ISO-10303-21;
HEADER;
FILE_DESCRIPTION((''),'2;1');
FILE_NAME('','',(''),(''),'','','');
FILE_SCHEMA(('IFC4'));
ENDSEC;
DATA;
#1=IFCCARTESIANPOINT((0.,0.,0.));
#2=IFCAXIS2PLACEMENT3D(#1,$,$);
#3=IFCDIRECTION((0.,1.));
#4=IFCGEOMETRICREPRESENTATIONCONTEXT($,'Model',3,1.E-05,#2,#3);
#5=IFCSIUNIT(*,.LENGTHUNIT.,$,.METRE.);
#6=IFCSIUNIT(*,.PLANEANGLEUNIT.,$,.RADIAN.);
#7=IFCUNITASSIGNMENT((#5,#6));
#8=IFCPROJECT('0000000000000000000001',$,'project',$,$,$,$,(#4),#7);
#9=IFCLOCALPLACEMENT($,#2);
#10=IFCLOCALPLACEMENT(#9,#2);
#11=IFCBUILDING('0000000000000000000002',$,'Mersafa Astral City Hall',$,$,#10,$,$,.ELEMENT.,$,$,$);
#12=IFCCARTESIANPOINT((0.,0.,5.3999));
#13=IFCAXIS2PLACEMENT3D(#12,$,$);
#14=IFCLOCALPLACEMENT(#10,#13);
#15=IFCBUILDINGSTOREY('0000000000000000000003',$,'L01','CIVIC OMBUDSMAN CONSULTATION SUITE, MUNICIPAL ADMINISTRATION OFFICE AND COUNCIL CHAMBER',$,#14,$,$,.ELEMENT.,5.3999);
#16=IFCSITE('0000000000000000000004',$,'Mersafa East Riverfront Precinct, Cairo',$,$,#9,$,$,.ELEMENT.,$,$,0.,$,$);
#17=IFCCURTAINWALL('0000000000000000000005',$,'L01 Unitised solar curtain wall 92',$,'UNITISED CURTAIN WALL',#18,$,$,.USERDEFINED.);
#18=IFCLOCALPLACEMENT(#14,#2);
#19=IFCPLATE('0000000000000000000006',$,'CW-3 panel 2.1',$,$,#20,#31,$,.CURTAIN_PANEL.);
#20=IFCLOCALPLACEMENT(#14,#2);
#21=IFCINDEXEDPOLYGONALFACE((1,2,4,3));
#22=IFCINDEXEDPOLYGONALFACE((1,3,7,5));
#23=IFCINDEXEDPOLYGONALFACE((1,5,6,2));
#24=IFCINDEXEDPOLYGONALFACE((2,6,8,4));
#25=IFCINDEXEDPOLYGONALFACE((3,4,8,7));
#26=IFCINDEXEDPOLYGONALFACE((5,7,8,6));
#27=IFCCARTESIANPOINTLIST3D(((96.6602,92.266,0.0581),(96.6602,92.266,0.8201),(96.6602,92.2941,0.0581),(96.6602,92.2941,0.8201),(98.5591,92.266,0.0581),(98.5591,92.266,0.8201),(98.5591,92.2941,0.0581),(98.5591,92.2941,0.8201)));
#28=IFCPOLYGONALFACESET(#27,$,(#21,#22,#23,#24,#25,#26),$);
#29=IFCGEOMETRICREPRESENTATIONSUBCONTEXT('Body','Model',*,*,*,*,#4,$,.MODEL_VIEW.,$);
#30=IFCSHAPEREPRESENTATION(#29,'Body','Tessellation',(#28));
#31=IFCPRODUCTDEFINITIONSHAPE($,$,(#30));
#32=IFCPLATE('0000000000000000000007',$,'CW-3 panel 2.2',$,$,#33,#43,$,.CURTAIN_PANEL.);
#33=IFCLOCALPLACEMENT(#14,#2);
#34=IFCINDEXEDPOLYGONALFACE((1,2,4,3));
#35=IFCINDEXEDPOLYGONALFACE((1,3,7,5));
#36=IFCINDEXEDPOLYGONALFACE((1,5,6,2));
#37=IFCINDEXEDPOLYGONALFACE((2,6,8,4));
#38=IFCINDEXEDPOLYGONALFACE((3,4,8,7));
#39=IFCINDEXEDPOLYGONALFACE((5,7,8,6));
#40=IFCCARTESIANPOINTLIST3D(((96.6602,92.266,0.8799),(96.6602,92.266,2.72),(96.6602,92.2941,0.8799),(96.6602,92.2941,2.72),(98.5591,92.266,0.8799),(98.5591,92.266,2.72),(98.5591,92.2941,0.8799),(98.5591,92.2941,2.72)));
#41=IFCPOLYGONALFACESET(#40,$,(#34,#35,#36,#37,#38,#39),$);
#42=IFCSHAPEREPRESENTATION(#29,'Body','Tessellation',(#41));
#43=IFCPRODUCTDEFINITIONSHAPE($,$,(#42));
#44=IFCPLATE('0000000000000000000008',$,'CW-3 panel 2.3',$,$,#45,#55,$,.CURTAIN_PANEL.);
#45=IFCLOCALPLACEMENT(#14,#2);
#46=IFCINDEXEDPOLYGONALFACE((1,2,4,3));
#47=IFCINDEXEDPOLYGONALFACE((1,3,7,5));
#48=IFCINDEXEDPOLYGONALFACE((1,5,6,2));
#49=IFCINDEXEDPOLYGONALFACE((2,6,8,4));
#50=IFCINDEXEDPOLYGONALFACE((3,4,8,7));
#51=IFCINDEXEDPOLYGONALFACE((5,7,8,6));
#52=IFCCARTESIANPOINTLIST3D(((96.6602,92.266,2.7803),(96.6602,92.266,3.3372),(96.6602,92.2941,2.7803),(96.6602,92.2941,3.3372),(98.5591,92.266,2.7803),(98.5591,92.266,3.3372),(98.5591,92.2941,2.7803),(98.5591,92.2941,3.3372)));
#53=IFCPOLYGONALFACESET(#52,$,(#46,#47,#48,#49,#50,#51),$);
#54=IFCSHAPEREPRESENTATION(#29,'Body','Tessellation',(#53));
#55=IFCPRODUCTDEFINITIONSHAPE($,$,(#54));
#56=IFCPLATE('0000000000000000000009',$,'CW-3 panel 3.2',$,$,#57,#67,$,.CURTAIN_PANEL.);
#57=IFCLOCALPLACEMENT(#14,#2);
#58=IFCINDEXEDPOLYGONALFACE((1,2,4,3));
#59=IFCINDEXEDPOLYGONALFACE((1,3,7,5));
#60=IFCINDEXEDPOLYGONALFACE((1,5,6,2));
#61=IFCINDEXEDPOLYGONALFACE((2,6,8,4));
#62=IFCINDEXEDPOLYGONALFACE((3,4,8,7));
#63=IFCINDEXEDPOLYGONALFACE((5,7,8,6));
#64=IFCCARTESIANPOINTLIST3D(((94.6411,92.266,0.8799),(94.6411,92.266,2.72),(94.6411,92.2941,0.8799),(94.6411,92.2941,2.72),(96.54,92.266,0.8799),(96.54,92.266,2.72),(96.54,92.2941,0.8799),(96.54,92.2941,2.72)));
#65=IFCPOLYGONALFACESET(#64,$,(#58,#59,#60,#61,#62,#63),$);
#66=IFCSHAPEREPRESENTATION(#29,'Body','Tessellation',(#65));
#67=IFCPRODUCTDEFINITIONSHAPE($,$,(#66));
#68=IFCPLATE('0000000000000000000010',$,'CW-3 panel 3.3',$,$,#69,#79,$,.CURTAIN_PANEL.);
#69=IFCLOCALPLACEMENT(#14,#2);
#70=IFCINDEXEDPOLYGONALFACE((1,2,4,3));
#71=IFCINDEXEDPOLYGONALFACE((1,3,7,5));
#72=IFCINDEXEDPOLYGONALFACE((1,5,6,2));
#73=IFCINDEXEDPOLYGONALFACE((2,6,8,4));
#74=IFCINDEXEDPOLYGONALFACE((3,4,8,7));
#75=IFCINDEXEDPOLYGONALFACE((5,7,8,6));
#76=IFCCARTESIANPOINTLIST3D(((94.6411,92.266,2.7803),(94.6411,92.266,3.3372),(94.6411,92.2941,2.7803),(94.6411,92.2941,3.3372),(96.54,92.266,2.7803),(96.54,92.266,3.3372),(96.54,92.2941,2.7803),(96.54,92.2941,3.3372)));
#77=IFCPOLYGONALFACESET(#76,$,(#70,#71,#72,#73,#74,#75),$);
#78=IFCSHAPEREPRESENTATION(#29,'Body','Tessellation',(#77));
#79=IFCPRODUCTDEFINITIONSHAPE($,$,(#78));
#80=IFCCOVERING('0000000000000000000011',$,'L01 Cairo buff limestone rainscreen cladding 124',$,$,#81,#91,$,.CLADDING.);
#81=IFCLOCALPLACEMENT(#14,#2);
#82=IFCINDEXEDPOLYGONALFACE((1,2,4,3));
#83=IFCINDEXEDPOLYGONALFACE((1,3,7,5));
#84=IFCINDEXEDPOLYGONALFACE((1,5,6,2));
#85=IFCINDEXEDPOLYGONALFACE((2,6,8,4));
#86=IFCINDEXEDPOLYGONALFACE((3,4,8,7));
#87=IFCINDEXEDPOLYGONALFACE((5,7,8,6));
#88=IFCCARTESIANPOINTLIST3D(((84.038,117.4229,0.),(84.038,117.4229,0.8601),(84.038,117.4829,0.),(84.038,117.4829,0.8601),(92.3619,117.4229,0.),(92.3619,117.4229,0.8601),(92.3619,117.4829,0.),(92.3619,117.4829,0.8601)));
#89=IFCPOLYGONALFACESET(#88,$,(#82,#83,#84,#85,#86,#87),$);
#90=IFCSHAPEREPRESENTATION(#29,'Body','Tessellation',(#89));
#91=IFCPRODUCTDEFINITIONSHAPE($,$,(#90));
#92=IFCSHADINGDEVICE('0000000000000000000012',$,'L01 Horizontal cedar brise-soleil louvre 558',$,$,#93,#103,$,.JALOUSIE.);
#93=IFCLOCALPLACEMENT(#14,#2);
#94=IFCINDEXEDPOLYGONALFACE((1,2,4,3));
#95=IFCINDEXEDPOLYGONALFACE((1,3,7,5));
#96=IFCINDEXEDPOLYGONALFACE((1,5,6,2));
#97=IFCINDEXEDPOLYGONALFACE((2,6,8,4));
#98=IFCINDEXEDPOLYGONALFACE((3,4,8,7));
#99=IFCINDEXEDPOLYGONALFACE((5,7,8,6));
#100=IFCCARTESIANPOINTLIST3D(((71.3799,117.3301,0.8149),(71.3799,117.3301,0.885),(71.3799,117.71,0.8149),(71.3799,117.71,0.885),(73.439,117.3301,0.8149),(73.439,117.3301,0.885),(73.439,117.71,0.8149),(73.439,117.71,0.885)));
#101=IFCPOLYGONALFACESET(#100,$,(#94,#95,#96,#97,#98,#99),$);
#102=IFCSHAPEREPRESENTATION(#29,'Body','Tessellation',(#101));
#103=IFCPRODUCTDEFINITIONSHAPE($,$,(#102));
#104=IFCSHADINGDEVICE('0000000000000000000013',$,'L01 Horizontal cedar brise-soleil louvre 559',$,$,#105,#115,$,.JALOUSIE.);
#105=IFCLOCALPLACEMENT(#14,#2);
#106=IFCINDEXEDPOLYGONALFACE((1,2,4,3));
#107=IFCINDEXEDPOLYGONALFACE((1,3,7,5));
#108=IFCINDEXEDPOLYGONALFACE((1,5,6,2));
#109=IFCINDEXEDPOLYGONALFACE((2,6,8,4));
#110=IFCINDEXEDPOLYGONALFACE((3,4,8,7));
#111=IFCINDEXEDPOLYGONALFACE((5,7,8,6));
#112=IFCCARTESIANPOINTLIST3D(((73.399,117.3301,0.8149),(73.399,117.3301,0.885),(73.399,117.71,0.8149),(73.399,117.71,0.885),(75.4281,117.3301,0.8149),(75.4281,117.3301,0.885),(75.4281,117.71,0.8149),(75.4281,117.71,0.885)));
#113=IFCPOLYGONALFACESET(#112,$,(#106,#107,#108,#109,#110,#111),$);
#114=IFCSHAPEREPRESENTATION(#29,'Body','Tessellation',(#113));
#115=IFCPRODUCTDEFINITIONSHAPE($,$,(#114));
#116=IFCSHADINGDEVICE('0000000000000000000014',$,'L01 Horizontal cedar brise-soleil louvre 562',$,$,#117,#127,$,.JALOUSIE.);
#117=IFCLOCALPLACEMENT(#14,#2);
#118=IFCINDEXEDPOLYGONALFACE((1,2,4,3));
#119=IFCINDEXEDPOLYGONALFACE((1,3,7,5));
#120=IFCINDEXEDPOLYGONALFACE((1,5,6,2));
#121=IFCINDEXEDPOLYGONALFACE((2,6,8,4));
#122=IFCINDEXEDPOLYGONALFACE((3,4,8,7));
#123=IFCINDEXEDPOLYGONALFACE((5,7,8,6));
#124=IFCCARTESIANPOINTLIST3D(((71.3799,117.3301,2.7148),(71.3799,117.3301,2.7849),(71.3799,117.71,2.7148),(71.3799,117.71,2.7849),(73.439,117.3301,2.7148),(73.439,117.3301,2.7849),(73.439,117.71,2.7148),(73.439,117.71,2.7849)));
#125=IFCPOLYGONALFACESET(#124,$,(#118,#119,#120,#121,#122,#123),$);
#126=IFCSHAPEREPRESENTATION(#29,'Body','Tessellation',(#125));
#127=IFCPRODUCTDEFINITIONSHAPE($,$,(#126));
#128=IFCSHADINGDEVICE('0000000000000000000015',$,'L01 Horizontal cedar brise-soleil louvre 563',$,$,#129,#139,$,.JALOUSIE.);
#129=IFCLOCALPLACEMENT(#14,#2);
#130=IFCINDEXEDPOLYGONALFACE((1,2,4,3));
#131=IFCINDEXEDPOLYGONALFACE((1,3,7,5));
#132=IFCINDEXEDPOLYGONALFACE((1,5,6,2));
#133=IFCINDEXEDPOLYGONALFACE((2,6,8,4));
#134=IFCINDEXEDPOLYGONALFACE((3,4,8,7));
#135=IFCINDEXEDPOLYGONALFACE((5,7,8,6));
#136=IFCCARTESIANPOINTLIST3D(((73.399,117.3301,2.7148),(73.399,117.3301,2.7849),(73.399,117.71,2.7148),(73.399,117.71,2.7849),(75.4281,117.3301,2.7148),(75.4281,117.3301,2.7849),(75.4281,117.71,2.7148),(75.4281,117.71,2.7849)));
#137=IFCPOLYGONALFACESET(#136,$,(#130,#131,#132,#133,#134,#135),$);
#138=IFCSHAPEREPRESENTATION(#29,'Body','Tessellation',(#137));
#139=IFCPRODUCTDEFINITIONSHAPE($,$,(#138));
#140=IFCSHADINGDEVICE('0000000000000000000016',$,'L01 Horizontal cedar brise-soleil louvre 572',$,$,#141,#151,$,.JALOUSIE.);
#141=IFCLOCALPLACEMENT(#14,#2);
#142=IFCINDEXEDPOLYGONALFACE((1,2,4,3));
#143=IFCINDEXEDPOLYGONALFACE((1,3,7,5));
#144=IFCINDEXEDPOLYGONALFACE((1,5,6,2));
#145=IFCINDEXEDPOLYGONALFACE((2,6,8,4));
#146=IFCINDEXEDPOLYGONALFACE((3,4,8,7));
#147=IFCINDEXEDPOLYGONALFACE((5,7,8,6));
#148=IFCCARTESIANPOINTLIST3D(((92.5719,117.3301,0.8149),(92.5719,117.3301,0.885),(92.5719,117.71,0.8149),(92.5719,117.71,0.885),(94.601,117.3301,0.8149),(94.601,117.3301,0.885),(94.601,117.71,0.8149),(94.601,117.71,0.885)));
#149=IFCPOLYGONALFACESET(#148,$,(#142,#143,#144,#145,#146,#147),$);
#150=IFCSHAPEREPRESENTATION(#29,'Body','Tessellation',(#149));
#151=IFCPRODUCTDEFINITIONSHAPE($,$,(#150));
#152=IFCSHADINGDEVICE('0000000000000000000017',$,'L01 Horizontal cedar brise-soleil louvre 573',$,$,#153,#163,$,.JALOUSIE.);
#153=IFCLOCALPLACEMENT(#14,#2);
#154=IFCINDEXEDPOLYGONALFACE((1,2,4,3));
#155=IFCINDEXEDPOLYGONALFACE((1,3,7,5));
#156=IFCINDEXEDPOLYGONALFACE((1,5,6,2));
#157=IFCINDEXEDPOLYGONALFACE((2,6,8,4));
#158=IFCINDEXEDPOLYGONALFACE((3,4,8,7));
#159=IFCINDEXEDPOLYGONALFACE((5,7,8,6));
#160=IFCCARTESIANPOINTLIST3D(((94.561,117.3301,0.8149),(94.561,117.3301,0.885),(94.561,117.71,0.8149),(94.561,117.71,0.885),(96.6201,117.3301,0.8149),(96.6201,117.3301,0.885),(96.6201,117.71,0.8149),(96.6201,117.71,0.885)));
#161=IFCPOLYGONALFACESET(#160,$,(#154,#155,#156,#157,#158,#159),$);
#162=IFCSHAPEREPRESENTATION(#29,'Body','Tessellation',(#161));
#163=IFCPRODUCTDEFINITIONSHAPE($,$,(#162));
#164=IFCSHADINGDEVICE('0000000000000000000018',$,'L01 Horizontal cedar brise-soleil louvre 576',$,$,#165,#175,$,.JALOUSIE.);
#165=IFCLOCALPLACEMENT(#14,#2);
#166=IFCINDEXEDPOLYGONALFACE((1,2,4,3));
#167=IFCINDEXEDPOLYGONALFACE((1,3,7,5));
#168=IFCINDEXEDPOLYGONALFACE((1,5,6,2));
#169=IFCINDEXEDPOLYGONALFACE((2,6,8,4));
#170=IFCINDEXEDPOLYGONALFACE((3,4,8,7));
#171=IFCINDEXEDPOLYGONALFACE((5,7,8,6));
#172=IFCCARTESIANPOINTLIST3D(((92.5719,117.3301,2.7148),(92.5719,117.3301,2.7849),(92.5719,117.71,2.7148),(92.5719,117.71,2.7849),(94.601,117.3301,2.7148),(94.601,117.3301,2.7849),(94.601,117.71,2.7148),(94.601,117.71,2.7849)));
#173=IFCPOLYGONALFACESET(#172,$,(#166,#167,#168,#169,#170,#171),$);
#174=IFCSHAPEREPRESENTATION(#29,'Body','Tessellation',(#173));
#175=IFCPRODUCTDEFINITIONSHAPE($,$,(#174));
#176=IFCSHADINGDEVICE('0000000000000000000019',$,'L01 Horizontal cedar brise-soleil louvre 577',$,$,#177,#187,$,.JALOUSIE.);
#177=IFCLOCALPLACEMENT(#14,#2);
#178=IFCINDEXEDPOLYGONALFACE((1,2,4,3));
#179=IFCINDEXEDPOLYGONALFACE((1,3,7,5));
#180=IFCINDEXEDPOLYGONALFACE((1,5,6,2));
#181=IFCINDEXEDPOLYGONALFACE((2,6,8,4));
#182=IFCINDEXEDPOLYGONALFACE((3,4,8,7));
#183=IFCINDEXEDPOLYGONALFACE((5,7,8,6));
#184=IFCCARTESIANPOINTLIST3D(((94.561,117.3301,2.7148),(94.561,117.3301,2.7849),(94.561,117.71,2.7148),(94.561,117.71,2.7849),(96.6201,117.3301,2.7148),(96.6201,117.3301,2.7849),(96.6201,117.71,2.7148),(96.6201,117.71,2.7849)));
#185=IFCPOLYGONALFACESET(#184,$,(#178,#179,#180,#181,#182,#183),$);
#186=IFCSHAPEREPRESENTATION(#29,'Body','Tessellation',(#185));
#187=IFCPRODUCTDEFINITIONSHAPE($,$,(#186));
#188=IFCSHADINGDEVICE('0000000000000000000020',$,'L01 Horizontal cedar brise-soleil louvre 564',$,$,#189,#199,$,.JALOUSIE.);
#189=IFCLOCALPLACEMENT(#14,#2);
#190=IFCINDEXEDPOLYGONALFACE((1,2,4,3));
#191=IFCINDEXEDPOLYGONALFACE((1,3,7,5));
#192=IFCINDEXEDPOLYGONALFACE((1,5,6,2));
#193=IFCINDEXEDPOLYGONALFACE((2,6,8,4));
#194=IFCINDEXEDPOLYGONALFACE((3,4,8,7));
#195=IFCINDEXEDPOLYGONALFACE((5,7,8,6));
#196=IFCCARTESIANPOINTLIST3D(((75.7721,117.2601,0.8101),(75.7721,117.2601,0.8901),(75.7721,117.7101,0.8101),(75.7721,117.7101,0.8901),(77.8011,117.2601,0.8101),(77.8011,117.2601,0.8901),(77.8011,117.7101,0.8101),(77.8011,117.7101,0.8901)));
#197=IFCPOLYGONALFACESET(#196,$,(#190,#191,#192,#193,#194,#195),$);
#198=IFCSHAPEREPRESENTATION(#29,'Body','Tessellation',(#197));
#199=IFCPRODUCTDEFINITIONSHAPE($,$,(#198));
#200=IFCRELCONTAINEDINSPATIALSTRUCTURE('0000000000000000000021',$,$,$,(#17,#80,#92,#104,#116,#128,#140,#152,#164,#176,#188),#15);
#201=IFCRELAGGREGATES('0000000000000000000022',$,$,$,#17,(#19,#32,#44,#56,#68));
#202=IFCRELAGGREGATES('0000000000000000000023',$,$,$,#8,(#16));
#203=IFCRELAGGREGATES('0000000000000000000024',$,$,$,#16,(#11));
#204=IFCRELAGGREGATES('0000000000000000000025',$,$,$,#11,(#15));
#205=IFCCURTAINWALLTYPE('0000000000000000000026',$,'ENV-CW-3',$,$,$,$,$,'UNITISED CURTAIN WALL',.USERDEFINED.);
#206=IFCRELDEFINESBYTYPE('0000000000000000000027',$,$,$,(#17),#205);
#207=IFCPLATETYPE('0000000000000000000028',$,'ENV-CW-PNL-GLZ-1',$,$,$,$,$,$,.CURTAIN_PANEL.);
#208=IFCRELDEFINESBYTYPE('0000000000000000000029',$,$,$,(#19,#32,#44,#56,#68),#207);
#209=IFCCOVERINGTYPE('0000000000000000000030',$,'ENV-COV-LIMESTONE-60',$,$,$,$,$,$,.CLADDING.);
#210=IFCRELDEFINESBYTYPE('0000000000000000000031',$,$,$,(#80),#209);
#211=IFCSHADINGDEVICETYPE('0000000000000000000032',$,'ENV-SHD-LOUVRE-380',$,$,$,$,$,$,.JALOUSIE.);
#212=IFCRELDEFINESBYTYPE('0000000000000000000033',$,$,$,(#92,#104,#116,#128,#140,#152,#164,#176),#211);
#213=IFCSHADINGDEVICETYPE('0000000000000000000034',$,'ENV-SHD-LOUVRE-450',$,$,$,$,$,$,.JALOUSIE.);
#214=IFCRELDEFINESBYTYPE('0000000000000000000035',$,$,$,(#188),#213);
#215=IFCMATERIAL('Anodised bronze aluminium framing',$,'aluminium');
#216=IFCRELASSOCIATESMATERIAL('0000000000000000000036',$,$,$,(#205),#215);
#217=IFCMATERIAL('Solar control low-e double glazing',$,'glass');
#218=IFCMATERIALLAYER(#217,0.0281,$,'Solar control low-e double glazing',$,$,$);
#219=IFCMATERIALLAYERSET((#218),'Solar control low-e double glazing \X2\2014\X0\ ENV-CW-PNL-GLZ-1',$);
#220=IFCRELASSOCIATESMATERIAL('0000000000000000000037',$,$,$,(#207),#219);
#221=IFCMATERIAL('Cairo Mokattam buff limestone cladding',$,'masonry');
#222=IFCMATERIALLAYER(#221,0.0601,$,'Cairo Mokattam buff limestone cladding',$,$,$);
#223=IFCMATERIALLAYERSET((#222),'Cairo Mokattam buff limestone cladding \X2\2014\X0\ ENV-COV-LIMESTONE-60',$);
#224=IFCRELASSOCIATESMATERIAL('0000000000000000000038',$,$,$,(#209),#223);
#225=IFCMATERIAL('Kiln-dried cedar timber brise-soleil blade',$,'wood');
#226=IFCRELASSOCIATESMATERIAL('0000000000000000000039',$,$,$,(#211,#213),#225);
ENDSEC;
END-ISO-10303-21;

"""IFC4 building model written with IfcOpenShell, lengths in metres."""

from ifc_helpers import new_model, si_unit, direction, frame, origin, origin_2d, place, context, subcontext, project, spatial, rectangle, extrude, material, layer, layer_set, type_object, element, aggregate, save


model = new_model("IFC4")

# Units and contexts
model_context = context("Model", 3, precision=1e-05, world=origin(), true_north=direction((0.0, 1.0)))
body_context = subcontext(model_context, "Body", "Model", "MODEL_VIEW")
ifc_project = project(units=[si_unit("LENGTHUNIT", "METRE"), si_unit("PLANEANGLEUNIT", "RADIAN")], contexts=[model_context])

# Site, building, storey
site_placement = place(None, origin())
site = spatial("IfcSite", under=ifc_project, at=site_placement, Name="Mersafa East Riverfront Precinct, Cairo", CompositionType="ELEMENT", RefElevation=0.0)
building_placement = place(site_placement, origin())
building = spatial("IfcBuilding", under=site, at=building_placement, Name="Mersafa Astral City Hall", CompositionType="ELEMENT")
storey_placement = place(building_placement, frame((0.0, 0.0, 5.3999)))
storey = spatial("IfcBuildingStorey", under=building, at=storey_placement, Name="L01", Description="CIVIC OMBUDSMAN CONSULTATION SUITE, MUNICIPAL ADMINISTRATION OFFICE AND COUNCIL CHAMBER", CompositionType="ELEMENT", Elevation=5.3999)

# Curtain wall
ifc_material_1 = material(Name="Anodised bronze aluminium framing", Category="aluminium")
curtain_wall_type = type_object("IfcCurtainWallType", Name="ENV-CW-3", ElementType="UNITISED CURTAIN WALL", PredefinedType="USERDEFINED", material=ifc_material_1)
curtain_wall_placement = place(storey_placement, origin())
curtain_wall = element("IfcCurtainWall", 1, at=curtain_wall_placement, inside=storey, type_object=curtain_wall_type, Name="L01 Unitised solar curtain wall 92", ObjectType="UNITISED CURTAIN WALL", PredefinedType="USERDEFINED")

# Plates
ifc_material_2 = material(Name="Solar control low-e double glazing", Category="glass")
ifc_layer_1 = layer(ifc_material_2, 0.0281, Name="Solar control low-e double glazing")
ifc_layer_set_1 = layer_set([ifc_layer_1], Name="Solar control low-e double glazing — ENV-CW-PNL-GLZ-1")
plate_type = type_object("IfcPlateType", Name="ENV-CW-PNL-GLZ-1", PredefinedType="CURTAIN_PANEL", material=ifc_layer_set_1)
plate_1_placement = place(storey_placement, frame((97.6096, 92.28, 0.0581), z_axis=(0.0, 0.0, 1.0), x_axis=(-1.0, 0.0, 0.0)))
plate_1 = element("IfcPlate", 2, at=plate_1_placement, type_object=plate_type, Name="CW-3 panel 2.1", PredefinedType="CURTAIN_PANEL", context=body_context, shape_type="SweptSolid", body=[
    extrude(rectangle(XDim=1.8989, YDim=0.0281, at=origin_2d()), origin(), (0.0, 0.0, 1.0), 0.762),
])
plate_2_placement = place(storey_placement, frame((97.6096, 92.28, 0.8799), z_axis=(0.0, 0.0, 1.0), x_axis=(-1.0, 0.0, 0.0)))
plate_2 = element("IfcPlate", 3, at=plate_2_placement, type_object=plate_type, Name="CW-3 panel 2.2", PredefinedType="CURTAIN_PANEL", context=body_context, shape_type="SweptSolid", body=[
    extrude(rectangle(XDim=1.8989, YDim=0.0281, at=origin_2d()), origin(), (0.0, 0.0, 1.0), 1.8401),
])
plate_3_placement = place(storey_placement, frame((97.6096, 92.28, 2.7803), z_axis=(0.0, 0.0, 1.0), x_axis=(-1.0, 0.0, 0.0)))
plate_3 = element("IfcPlate", 4, at=plate_3_placement, type_object=plate_type, Name="CW-3 panel 2.3", PredefinedType="CURTAIN_PANEL", context=body_context, shape_type="SweptSolid", body=[
    extrude(rectangle(XDim=1.8989, YDim=0.0281, at=origin_2d()), origin(), (0.0, 0.0, 1.0), 0.5569),
])
plate_4_placement = place(storey_placement, frame((95.5906, 92.28, 0.8799), z_axis=(0.0, 0.0, 1.0), x_axis=(-1.0, 0.0, 0.0)))
plate_4 = element("IfcPlate", 5, at=plate_4_placement, type_object=plate_type, Name="CW-3 panel 3.2", PredefinedType="CURTAIN_PANEL", context=body_context, shape_type="SweptSolid", body=[
    extrude(rectangle(XDim=1.8989, YDim=0.0281, at=origin_2d()), origin(), (0.0, 0.0, 1.0), 1.8401),
])
plate_5_placement = place(storey_placement, frame((95.5906, 92.28, 2.7803), z_axis=(0.0, 0.0, 1.0), x_axis=(-1.0, 0.0, 0.0)))
plate_5 = element("IfcPlate", 6, at=plate_5_placement, type_object=plate_type, Name="CW-3 panel 3.3", PredefinedType="CURTAIN_PANEL", context=body_context, shape_type="SweptSolid", body=[
    extrude(rectangle(XDim=1.8989, YDim=0.0281, at=origin_2d()), origin(), (0.0, 0.0, 1.0), 0.5569),
])
aggregate(curtain_wall, [plate_1, plate_2, plate_3, plate_4, plate_5])

# Covering
ifc_material_3 = material(Name="Cairo Mokattam buff limestone cladding", Category="masonry")
ifc_layer_2 = layer(ifc_material_3, 0.0601, Name="Cairo Mokattam buff limestone cladding")
ifc_layer_set_2 = layer_set([ifc_layer_2], Name="Cairo Mokattam buff limestone cladding — ENV-COV-LIMESTONE-60")
covering_type = type_object("IfcCoveringType", Name="ENV-COV-LIMESTONE-60", PredefinedType="CLADDING", material=ifc_layer_set_2)
covering_placement = place(storey_placement, frame((88.2, 117.4529, 0.0), z_axis=(0.0, 0.0, 1.0), x_axis=(1.0, 0.0, 0.0)))
element("IfcCovering", 7, at=covering_placement, inside=storey, type_object=covering_type, Name="L01 Cairo buff limestone rainscreen cladding 124", PredefinedType="CLADDING", context=body_context, shape_type="SweptSolid", body=[
    extrude(rectangle(XDim=8.324, YDim=0.0601, at=origin_2d()), origin(), (0.0, 0.0, 1.0), 0.8601),
])

# Shading devices
ifc_material_4 = material(Name="Kiln-dried cedar timber brise-soleil blade", Category="wood")
shading_device_type_1 = type_object("IfcShadingDeviceType", Name="ENV-SHD-LOUVRE-380", PredefinedType="JALOUSIE", material=ifc_material_4)
shading_device_1_placement = place(storey_placement, frame((72.4094, 117.52, 0.8149), z_axis=(0.0, 0.0, 1.0), x_axis=(1.0, 0.0, 0.0)))
element("IfcShadingDevice", 8, at=shading_device_1_placement, inside=storey, type_object=shading_device_type_1, Name="L01 Horizontal cedar brise-soleil louvre 558", PredefinedType="JALOUSIE", context=body_context, shape_type="SweptSolid", body=[
    extrude(rectangle(XDim=2.0591, YDim=0.3799, at=origin_2d()), origin(), (0.0, 0.0, 1.0), 0.0701),
])
shading_device_2_placement = place(storey_placement, frame((74.4136, 117.52, 0.8149), z_axis=(0.0, 0.0, 1.0), x_axis=(1.0, 0.0, 0.0)))
element("IfcShadingDevice", 9, at=shading_device_2_placement, inside=storey, type_object=shading_device_type_1, Name="L01 Horizontal cedar brise-soleil louvre 559", PredefinedType="JALOUSIE", context=body_context, shape_type="SweptSolid", body=[
    extrude(rectangle(XDim=2.0291, YDim=0.3799, at=origin_2d()), origin(), (0.0, 0.0, 1.0), 0.0701),
])
shading_device_3_placement = place(storey_placement, frame((72.4094, 117.52, 2.7148), z_axis=(0.0, 0.0, 1.0), x_axis=(1.0, 0.0, 0.0)))
element("IfcShadingDevice", 10, at=shading_device_3_placement, inside=storey, type_object=shading_device_type_1, Name="L01 Horizontal cedar brise-soleil louvre 562", PredefinedType="JALOUSIE", context=body_context, shape_type="SweptSolid", body=[
    extrude(rectangle(XDim=2.0591, YDim=0.3799, at=origin_2d()), origin(), (0.0, 0.0, 1.0), 0.0701),
])
for number, where, z_axis, x_axis, name in (
    (11, (74.4136, 117.52, 2.7148), (0.0, 0.0, 1.0), (1.0, 0.0, 0.0), "L01 Horizontal cedar brise-soleil louvre 563"),
    (12, (93.5864, 117.52, 0.8149), (0.0, 0.0, 1.0), (1.0, 0.0, 0.0), "L01 Horizontal cedar brise-soleil louvre 572"),
):
    element("IfcShadingDevice", number, at=place(storey_placement, frame(where, z_axis=z_axis, x_axis=x_axis)), inside=storey, type_object=shading_device_type_1, Name=name, PredefinedType="JALOUSIE", context=body_context, shape_type="SweptSolid", body=[
        extrude(rectangle(XDim=2.0291, YDim=0.3799, at=origin_2d()), origin(), (0.0, 0.0, 1.0), 0.0701),
    ])
shading_device_4_placement = place(storey_placement, frame((95.5906, 117.52, 0.8149), z_axis=(0.0, 0.0, 1.0), x_axis=(1.0, 0.0, 0.0)))
element("IfcShadingDevice", 13, at=shading_device_4_placement, inside=storey, type_object=shading_device_type_1, Name="L01 Horizontal cedar brise-soleil louvre 573", PredefinedType="JALOUSIE", context=body_context, shape_type="SweptSolid", body=[
    extrude(rectangle(XDim=2.0591, YDim=0.3799, at=origin_2d()), origin(), (0.0, 0.0, 1.0), 0.0701),
])
shading_device_5_placement = place(storey_placement, frame((93.5864, 117.52, 2.7148), z_axis=(0.0, 0.0, 1.0), x_axis=(1.0, 0.0, 0.0)))
element("IfcShadingDevice", 14, at=shading_device_5_placement, inside=storey, type_object=shading_device_type_1, Name="L01 Horizontal cedar brise-soleil louvre 576", PredefinedType="JALOUSIE", context=body_context, shape_type="SweptSolid", body=[
    extrude(rectangle(XDim=2.0291, YDim=0.3799, at=origin_2d()), origin(), (0.0, 0.0, 1.0), 0.0701),
])
shading_device_6_placement = place(storey_placement, frame((95.5906, 117.52, 2.7148), z_axis=(0.0, 0.0, 1.0), x_axis=(1.0, 0.0, 0.0)))
element("IfcShadingDevice", 15, at=shading_device_6_placement, inside=storey, type_object=shading_device_type_1, Name="L01 Horizontal cedar brise-soleil louvre 577", PredefinedType="JALOUSIE", context=body_context, shape_type="SweptSolid", body=[
    extrude(rectangle(XDim=2.0591, YDim=0.3799, at=origin_2d()), origin(), (0.0, 0.0, 1.0), 0.0701),
])
shading_device_type_2 = type_object("IfcShadingDeviceType", Name="ENV-SHD-LOUVRE-450", PredefinedType="JALOUSIE", material=ifc_material_4)
shading_device_7_placement = place(storey_placement, frame((76.7866, 117.4851, 0.8101), z_axis=(0.0, 0.0, 1.0), x_axis=(1.0, 0.0, 0.0)))
element("IfcShadingDevice", 16, at=shading_device_7_placement, inside=storey, type_object=shading_device_type_2, Name="L01 Horizontal cedar brise-soleil louvre 564", PredefinedType="JALOUSIE", context=body_context, shape_type="SweptSolid", body=[
    extrude(rectangle(XDim=2.0291, YDim=0.45, at=origin_2d()), origin(), (0.0, 0.0, 1.0), 0.0801),
])

save(model, "model.ifc")
